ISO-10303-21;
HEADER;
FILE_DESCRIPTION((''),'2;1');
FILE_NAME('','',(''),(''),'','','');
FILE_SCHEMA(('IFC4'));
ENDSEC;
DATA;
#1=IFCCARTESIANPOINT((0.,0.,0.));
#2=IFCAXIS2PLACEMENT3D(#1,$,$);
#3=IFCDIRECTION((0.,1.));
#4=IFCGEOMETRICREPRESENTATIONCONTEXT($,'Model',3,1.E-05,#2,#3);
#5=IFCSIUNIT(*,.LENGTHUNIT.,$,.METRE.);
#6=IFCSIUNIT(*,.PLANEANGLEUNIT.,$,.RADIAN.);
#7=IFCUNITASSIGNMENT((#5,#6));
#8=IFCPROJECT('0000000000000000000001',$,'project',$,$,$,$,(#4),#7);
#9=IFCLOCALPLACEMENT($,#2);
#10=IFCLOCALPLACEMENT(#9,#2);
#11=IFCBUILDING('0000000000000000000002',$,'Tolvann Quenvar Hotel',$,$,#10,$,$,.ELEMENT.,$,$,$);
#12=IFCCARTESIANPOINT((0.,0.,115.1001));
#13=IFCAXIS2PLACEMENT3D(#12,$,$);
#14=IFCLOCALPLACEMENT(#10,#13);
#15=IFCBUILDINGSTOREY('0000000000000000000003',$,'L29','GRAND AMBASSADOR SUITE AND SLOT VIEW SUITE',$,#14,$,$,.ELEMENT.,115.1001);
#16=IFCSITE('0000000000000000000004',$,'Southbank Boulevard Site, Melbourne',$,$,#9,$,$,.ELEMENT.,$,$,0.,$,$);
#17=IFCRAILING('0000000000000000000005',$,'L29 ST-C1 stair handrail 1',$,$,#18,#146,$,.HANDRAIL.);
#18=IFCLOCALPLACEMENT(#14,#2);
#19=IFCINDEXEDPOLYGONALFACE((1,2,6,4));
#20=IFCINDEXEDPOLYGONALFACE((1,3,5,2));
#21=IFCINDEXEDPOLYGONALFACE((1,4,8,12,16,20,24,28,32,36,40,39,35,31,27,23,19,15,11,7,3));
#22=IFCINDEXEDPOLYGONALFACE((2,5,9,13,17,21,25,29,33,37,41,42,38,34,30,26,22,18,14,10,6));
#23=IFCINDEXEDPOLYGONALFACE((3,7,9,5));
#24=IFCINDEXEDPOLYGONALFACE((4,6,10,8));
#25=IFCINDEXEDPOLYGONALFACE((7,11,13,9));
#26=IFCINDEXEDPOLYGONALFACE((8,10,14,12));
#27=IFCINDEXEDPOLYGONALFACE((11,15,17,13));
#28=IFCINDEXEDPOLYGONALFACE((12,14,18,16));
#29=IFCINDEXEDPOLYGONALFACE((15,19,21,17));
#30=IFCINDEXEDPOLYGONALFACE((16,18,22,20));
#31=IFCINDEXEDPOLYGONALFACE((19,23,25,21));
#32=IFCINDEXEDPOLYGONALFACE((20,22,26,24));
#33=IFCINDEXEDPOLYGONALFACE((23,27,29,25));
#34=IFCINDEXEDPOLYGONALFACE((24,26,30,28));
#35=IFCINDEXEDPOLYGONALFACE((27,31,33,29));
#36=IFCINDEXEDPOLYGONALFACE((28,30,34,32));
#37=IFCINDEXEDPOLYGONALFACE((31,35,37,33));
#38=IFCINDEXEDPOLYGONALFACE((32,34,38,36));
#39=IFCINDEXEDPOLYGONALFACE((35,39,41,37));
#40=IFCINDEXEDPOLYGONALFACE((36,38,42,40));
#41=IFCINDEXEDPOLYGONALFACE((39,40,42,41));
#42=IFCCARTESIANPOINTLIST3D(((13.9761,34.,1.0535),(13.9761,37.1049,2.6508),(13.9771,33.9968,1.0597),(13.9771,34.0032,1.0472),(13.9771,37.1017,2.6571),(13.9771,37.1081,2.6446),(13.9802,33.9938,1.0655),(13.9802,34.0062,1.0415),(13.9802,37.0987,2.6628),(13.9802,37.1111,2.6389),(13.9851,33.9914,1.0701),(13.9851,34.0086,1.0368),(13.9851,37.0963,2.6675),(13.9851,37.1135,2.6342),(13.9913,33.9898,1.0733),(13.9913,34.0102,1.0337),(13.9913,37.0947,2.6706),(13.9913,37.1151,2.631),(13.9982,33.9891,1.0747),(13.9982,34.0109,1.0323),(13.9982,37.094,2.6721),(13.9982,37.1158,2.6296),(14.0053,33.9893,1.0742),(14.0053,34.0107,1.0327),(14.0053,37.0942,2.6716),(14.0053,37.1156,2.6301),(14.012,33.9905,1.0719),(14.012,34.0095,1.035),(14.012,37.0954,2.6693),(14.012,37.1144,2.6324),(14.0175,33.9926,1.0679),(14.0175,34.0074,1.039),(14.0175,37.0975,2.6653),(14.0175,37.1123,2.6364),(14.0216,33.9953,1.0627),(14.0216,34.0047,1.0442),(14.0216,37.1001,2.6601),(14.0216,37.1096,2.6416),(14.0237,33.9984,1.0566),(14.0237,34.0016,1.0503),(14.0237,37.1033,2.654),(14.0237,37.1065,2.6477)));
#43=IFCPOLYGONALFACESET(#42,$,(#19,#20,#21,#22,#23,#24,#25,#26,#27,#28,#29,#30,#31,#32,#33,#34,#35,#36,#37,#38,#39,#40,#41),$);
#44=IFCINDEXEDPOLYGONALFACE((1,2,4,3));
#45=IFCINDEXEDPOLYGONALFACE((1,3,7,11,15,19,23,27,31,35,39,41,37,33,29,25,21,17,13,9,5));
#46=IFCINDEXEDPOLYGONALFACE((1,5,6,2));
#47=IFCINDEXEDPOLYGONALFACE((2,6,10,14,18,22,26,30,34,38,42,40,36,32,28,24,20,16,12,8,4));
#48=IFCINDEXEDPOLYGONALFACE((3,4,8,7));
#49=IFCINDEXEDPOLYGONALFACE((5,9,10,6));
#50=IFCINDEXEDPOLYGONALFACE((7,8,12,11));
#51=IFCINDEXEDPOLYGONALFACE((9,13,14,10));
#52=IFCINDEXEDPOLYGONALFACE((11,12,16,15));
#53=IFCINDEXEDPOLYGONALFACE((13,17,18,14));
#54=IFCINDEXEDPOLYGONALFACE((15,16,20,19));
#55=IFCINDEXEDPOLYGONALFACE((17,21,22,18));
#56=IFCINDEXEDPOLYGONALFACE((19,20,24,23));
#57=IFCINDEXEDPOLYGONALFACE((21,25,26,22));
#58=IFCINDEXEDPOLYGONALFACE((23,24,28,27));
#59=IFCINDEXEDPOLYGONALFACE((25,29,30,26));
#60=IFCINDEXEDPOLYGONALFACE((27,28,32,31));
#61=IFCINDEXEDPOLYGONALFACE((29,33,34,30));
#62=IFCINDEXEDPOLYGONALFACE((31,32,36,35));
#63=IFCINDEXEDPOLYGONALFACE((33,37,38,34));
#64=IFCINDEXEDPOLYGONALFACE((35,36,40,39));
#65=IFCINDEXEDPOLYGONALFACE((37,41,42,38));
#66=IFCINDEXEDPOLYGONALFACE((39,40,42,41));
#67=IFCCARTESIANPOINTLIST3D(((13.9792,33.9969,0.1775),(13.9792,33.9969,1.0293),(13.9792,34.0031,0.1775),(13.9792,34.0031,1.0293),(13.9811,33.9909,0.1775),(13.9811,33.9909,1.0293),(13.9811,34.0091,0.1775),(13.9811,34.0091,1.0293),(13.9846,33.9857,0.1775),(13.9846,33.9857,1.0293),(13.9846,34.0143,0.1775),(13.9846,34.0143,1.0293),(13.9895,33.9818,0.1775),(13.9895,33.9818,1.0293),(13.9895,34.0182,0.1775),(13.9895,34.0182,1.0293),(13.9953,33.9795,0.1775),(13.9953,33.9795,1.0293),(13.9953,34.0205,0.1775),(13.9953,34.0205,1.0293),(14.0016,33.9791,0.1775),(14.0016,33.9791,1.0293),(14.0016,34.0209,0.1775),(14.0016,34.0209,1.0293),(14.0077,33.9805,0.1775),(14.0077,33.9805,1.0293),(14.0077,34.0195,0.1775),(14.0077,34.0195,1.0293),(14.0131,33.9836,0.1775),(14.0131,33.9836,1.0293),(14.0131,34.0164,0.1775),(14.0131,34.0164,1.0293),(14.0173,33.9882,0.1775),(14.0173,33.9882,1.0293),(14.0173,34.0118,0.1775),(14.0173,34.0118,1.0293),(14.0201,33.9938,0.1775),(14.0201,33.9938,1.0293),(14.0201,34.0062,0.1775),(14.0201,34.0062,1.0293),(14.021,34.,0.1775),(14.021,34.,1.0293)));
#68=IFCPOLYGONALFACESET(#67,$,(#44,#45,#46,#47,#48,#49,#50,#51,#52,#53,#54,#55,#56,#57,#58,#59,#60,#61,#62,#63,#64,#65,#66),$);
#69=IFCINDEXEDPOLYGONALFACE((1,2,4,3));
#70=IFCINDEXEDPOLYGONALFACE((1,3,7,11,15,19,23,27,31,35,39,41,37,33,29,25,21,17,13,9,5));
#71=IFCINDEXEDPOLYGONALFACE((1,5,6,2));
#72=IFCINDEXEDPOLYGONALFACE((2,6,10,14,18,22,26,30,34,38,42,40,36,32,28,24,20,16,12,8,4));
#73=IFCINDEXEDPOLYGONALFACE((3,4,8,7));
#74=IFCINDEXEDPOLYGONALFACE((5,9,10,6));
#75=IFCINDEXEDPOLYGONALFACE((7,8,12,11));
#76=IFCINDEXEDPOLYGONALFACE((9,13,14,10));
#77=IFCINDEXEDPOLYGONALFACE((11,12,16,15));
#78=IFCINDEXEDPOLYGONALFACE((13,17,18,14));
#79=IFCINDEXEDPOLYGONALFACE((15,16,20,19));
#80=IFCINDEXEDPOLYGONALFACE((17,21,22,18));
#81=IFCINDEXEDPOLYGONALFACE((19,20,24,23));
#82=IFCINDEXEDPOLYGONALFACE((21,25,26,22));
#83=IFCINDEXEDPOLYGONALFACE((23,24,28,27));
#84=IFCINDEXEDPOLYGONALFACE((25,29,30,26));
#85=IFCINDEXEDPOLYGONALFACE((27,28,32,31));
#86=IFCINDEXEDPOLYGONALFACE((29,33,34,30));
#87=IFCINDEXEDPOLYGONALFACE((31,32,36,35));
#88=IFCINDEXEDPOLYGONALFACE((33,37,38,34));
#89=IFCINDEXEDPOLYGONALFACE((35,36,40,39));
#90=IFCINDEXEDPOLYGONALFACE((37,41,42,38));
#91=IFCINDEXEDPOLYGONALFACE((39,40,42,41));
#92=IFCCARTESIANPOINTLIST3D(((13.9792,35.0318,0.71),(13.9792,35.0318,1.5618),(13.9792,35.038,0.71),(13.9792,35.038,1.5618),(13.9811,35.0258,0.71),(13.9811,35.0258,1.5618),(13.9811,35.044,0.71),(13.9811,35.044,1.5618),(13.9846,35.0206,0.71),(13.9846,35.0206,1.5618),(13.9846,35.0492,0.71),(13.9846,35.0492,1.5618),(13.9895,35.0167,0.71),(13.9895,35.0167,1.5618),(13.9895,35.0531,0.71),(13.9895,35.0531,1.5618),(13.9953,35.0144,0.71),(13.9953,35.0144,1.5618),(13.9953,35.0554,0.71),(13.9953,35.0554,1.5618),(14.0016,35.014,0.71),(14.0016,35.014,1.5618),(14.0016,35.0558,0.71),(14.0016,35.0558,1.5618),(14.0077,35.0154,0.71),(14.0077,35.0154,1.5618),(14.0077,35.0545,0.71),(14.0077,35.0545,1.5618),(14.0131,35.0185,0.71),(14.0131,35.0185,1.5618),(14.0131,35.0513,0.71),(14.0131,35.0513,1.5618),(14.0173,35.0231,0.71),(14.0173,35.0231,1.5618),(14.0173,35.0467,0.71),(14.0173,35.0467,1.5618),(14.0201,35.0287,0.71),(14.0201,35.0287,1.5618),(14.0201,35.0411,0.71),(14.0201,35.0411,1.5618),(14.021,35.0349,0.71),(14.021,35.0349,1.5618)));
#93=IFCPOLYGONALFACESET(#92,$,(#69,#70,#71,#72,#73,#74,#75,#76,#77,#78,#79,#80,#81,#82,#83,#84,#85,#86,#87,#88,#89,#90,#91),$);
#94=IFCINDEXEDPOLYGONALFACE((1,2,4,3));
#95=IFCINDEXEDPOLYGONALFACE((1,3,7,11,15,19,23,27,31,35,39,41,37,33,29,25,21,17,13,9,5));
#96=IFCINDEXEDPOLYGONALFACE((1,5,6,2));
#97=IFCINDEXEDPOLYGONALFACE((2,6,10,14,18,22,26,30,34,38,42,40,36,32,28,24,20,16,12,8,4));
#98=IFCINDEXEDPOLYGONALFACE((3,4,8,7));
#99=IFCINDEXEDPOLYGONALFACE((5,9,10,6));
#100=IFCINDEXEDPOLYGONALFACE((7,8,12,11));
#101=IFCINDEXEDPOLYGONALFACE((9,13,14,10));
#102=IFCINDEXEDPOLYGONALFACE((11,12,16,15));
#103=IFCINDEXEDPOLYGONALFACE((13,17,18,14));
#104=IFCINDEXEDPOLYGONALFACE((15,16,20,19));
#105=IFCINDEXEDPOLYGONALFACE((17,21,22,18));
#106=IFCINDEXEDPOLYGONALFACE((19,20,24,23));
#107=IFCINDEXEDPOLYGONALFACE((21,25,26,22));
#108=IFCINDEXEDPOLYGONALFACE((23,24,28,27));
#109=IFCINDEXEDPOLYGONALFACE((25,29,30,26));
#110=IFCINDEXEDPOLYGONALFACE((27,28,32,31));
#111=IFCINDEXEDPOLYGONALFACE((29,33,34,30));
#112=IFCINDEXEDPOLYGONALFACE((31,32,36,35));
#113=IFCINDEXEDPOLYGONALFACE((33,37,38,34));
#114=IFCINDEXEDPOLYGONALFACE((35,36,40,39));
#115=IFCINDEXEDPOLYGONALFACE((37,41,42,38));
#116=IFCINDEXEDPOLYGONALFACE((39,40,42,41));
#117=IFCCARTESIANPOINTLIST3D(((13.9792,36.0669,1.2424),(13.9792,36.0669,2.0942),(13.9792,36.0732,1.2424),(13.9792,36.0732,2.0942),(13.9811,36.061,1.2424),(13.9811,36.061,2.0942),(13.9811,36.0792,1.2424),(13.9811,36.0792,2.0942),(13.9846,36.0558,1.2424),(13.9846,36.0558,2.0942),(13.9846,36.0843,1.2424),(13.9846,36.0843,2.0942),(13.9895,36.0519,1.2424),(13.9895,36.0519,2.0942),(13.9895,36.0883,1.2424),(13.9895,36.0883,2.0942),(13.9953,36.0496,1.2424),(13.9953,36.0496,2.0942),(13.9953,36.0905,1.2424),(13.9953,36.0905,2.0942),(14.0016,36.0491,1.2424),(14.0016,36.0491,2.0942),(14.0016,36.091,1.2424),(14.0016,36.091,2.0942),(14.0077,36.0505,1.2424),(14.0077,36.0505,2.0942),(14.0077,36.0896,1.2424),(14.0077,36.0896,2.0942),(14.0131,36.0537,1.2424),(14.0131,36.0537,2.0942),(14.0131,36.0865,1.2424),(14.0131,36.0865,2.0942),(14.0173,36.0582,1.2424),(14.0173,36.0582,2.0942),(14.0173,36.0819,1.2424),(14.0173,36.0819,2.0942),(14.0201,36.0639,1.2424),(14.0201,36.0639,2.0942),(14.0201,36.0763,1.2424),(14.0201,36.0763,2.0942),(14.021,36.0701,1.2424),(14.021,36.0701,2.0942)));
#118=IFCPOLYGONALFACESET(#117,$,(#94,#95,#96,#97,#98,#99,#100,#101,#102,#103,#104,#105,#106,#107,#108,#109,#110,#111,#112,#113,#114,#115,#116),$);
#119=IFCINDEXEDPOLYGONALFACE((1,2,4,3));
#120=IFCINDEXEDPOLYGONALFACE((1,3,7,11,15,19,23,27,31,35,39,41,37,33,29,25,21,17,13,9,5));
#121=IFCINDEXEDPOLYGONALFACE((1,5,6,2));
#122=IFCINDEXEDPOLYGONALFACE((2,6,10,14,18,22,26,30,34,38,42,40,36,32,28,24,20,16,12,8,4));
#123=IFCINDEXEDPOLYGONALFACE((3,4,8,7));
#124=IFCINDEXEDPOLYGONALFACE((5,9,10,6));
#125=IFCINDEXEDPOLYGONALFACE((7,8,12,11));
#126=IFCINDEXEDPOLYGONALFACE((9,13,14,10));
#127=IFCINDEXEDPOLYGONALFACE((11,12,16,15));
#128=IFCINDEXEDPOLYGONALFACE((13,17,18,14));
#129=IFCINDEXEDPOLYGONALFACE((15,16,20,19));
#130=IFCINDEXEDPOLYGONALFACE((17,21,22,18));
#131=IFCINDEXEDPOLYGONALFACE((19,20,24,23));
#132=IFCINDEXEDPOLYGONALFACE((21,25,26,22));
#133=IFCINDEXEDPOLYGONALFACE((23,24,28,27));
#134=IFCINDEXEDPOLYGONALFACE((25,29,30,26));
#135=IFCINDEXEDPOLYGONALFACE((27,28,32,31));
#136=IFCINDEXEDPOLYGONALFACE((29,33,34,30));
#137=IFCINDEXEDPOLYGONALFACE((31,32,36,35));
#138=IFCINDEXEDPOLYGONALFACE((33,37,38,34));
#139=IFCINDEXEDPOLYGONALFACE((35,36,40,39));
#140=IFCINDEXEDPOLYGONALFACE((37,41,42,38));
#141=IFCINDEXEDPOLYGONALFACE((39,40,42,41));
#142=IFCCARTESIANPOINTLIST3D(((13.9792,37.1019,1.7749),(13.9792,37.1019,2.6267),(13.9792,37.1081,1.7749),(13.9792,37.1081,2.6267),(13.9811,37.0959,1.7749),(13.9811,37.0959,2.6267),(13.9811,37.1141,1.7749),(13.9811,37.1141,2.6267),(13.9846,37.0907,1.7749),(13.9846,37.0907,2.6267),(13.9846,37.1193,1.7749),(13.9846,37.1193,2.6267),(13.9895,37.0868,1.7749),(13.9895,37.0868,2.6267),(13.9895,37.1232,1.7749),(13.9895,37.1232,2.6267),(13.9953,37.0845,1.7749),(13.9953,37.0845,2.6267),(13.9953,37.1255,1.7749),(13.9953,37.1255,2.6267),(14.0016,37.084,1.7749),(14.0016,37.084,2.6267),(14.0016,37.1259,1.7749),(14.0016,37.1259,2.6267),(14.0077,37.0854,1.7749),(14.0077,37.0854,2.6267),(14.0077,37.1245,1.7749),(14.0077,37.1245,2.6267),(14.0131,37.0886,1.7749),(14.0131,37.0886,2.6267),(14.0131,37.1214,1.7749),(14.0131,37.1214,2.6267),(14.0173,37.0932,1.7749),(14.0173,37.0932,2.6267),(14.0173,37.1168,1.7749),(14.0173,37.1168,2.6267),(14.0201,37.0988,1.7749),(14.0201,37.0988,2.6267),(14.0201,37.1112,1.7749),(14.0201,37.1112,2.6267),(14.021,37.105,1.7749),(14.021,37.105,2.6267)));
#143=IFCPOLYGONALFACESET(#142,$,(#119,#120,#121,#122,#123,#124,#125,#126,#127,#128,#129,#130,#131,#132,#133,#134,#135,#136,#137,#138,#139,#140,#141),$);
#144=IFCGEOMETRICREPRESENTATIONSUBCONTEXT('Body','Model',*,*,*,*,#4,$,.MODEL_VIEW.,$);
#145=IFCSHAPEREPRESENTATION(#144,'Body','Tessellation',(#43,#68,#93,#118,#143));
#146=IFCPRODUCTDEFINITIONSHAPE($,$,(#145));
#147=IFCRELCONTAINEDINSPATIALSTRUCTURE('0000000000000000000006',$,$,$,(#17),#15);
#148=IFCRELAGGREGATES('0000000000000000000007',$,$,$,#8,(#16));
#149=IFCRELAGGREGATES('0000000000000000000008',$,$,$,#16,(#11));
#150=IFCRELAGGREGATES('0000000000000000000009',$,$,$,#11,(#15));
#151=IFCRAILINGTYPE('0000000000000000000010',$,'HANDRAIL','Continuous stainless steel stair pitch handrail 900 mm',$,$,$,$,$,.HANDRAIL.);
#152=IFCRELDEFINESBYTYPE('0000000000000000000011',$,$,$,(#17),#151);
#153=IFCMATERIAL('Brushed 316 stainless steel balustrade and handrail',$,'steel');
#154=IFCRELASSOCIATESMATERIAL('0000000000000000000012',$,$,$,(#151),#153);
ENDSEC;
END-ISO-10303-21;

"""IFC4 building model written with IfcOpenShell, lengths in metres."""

from ifc_helpers import new_model, si_unit, direction, frame, origin, origin_2d, place, context, subcontext, project, spatial, circle, extrude, material, type_object, element, save


model = new_model("IFC4")

# Units and contexts
model_context = context("Model", 3, precision=1e-05, world=origin(), true_north=direction((0.0, 1.0)))
body_context = subcontext(model_context, "Body", "Model", "MODEL_VIEW")
ifc_project = project(units=[si_unit("LENGTHUNIT", "METRE"), si_unit("PLANEANGLEUNIT", "RADIAN")], contexts=[model_context])

# Site, building, storey
site_placement = place(None, origin())
site = spatial("IfcSite", under=ifc_project, at=site_placement, Name="Southbank Boulevard Site, Melbourne", CompositionType="ELEMENT", RefElevation=0.0)
building_placement = place(site_placement, origin())
building = spatial("IfcBuilding", under=site, at=building_placement, Name="Tolvann Quenvar Hotel", CompositionType="ELEMENT")
storey_placement = place(building_placement, frame((0.0, 0.0, 115.1001)))
storey = spatial("IfcBuildingStorey", under=building, at=storey_placement, Name="L29", Description="GRAND AMBASSADOR SUITE AND SLOT VIEW SUITE", CompositionType="ELEMENT", Elevation=115.1001)

# Railing
ifc_material_1 = material(Name="Brushed 316 stainless steel balustrade and handrail", Category="steel")
railing_type_1 = type_object("IfcRailingType", Name="HANDRAIL", Description="Continuous stainless steel stair pitch handrail 900 mm", PredefinedType="HANDRAIL", material=ifc_material_1)
railing_1_placement = place(storey_placement, frame((14.0, 34.0, 0.1775)))
element("IfcRailing", 1, at=railing_1_placement, inside=storey, type_object=railing_type_1, Name="L29 ST-C1 stair handrail 1", PredefinedType="HANDRAIL", context=body_context, shape_type="SweptSolid", body=[
    extrude(circle(Radius=0.0239, at=origin_2d()), frame((0.0, 0.0, 0.876), z_axis=(0.0, 0.889222, 0.457476), x_axis=(-1.0, 0.0, 0.0)), (0.0, 0.0, 1.0), 3.4917),
    extrude(circle(Radius=0.021, at=origin_2d()), origin(), (0.0, 0.0, 1.0), 0.8518),
    extrude(circle(Radius=0.021, at=origin_2d()), frame((0.0, 1.0349, 0.5325)), (0.0, 0.0, 1.0), 0.8518),
    extrude(circle(Radius=0.021, at=origin_2d()), frame((0.0, 2.0701, 1.0649)), (0.0, 0.0, 1.0), 0.8518),
    extrude(circle(Radius=0.021, at=origin_2d()), frame((0.0, 3.105, 1.5974)), (0.0, 0.0, 1.0), 0.8518),
])

save(model, "model.ifc")
